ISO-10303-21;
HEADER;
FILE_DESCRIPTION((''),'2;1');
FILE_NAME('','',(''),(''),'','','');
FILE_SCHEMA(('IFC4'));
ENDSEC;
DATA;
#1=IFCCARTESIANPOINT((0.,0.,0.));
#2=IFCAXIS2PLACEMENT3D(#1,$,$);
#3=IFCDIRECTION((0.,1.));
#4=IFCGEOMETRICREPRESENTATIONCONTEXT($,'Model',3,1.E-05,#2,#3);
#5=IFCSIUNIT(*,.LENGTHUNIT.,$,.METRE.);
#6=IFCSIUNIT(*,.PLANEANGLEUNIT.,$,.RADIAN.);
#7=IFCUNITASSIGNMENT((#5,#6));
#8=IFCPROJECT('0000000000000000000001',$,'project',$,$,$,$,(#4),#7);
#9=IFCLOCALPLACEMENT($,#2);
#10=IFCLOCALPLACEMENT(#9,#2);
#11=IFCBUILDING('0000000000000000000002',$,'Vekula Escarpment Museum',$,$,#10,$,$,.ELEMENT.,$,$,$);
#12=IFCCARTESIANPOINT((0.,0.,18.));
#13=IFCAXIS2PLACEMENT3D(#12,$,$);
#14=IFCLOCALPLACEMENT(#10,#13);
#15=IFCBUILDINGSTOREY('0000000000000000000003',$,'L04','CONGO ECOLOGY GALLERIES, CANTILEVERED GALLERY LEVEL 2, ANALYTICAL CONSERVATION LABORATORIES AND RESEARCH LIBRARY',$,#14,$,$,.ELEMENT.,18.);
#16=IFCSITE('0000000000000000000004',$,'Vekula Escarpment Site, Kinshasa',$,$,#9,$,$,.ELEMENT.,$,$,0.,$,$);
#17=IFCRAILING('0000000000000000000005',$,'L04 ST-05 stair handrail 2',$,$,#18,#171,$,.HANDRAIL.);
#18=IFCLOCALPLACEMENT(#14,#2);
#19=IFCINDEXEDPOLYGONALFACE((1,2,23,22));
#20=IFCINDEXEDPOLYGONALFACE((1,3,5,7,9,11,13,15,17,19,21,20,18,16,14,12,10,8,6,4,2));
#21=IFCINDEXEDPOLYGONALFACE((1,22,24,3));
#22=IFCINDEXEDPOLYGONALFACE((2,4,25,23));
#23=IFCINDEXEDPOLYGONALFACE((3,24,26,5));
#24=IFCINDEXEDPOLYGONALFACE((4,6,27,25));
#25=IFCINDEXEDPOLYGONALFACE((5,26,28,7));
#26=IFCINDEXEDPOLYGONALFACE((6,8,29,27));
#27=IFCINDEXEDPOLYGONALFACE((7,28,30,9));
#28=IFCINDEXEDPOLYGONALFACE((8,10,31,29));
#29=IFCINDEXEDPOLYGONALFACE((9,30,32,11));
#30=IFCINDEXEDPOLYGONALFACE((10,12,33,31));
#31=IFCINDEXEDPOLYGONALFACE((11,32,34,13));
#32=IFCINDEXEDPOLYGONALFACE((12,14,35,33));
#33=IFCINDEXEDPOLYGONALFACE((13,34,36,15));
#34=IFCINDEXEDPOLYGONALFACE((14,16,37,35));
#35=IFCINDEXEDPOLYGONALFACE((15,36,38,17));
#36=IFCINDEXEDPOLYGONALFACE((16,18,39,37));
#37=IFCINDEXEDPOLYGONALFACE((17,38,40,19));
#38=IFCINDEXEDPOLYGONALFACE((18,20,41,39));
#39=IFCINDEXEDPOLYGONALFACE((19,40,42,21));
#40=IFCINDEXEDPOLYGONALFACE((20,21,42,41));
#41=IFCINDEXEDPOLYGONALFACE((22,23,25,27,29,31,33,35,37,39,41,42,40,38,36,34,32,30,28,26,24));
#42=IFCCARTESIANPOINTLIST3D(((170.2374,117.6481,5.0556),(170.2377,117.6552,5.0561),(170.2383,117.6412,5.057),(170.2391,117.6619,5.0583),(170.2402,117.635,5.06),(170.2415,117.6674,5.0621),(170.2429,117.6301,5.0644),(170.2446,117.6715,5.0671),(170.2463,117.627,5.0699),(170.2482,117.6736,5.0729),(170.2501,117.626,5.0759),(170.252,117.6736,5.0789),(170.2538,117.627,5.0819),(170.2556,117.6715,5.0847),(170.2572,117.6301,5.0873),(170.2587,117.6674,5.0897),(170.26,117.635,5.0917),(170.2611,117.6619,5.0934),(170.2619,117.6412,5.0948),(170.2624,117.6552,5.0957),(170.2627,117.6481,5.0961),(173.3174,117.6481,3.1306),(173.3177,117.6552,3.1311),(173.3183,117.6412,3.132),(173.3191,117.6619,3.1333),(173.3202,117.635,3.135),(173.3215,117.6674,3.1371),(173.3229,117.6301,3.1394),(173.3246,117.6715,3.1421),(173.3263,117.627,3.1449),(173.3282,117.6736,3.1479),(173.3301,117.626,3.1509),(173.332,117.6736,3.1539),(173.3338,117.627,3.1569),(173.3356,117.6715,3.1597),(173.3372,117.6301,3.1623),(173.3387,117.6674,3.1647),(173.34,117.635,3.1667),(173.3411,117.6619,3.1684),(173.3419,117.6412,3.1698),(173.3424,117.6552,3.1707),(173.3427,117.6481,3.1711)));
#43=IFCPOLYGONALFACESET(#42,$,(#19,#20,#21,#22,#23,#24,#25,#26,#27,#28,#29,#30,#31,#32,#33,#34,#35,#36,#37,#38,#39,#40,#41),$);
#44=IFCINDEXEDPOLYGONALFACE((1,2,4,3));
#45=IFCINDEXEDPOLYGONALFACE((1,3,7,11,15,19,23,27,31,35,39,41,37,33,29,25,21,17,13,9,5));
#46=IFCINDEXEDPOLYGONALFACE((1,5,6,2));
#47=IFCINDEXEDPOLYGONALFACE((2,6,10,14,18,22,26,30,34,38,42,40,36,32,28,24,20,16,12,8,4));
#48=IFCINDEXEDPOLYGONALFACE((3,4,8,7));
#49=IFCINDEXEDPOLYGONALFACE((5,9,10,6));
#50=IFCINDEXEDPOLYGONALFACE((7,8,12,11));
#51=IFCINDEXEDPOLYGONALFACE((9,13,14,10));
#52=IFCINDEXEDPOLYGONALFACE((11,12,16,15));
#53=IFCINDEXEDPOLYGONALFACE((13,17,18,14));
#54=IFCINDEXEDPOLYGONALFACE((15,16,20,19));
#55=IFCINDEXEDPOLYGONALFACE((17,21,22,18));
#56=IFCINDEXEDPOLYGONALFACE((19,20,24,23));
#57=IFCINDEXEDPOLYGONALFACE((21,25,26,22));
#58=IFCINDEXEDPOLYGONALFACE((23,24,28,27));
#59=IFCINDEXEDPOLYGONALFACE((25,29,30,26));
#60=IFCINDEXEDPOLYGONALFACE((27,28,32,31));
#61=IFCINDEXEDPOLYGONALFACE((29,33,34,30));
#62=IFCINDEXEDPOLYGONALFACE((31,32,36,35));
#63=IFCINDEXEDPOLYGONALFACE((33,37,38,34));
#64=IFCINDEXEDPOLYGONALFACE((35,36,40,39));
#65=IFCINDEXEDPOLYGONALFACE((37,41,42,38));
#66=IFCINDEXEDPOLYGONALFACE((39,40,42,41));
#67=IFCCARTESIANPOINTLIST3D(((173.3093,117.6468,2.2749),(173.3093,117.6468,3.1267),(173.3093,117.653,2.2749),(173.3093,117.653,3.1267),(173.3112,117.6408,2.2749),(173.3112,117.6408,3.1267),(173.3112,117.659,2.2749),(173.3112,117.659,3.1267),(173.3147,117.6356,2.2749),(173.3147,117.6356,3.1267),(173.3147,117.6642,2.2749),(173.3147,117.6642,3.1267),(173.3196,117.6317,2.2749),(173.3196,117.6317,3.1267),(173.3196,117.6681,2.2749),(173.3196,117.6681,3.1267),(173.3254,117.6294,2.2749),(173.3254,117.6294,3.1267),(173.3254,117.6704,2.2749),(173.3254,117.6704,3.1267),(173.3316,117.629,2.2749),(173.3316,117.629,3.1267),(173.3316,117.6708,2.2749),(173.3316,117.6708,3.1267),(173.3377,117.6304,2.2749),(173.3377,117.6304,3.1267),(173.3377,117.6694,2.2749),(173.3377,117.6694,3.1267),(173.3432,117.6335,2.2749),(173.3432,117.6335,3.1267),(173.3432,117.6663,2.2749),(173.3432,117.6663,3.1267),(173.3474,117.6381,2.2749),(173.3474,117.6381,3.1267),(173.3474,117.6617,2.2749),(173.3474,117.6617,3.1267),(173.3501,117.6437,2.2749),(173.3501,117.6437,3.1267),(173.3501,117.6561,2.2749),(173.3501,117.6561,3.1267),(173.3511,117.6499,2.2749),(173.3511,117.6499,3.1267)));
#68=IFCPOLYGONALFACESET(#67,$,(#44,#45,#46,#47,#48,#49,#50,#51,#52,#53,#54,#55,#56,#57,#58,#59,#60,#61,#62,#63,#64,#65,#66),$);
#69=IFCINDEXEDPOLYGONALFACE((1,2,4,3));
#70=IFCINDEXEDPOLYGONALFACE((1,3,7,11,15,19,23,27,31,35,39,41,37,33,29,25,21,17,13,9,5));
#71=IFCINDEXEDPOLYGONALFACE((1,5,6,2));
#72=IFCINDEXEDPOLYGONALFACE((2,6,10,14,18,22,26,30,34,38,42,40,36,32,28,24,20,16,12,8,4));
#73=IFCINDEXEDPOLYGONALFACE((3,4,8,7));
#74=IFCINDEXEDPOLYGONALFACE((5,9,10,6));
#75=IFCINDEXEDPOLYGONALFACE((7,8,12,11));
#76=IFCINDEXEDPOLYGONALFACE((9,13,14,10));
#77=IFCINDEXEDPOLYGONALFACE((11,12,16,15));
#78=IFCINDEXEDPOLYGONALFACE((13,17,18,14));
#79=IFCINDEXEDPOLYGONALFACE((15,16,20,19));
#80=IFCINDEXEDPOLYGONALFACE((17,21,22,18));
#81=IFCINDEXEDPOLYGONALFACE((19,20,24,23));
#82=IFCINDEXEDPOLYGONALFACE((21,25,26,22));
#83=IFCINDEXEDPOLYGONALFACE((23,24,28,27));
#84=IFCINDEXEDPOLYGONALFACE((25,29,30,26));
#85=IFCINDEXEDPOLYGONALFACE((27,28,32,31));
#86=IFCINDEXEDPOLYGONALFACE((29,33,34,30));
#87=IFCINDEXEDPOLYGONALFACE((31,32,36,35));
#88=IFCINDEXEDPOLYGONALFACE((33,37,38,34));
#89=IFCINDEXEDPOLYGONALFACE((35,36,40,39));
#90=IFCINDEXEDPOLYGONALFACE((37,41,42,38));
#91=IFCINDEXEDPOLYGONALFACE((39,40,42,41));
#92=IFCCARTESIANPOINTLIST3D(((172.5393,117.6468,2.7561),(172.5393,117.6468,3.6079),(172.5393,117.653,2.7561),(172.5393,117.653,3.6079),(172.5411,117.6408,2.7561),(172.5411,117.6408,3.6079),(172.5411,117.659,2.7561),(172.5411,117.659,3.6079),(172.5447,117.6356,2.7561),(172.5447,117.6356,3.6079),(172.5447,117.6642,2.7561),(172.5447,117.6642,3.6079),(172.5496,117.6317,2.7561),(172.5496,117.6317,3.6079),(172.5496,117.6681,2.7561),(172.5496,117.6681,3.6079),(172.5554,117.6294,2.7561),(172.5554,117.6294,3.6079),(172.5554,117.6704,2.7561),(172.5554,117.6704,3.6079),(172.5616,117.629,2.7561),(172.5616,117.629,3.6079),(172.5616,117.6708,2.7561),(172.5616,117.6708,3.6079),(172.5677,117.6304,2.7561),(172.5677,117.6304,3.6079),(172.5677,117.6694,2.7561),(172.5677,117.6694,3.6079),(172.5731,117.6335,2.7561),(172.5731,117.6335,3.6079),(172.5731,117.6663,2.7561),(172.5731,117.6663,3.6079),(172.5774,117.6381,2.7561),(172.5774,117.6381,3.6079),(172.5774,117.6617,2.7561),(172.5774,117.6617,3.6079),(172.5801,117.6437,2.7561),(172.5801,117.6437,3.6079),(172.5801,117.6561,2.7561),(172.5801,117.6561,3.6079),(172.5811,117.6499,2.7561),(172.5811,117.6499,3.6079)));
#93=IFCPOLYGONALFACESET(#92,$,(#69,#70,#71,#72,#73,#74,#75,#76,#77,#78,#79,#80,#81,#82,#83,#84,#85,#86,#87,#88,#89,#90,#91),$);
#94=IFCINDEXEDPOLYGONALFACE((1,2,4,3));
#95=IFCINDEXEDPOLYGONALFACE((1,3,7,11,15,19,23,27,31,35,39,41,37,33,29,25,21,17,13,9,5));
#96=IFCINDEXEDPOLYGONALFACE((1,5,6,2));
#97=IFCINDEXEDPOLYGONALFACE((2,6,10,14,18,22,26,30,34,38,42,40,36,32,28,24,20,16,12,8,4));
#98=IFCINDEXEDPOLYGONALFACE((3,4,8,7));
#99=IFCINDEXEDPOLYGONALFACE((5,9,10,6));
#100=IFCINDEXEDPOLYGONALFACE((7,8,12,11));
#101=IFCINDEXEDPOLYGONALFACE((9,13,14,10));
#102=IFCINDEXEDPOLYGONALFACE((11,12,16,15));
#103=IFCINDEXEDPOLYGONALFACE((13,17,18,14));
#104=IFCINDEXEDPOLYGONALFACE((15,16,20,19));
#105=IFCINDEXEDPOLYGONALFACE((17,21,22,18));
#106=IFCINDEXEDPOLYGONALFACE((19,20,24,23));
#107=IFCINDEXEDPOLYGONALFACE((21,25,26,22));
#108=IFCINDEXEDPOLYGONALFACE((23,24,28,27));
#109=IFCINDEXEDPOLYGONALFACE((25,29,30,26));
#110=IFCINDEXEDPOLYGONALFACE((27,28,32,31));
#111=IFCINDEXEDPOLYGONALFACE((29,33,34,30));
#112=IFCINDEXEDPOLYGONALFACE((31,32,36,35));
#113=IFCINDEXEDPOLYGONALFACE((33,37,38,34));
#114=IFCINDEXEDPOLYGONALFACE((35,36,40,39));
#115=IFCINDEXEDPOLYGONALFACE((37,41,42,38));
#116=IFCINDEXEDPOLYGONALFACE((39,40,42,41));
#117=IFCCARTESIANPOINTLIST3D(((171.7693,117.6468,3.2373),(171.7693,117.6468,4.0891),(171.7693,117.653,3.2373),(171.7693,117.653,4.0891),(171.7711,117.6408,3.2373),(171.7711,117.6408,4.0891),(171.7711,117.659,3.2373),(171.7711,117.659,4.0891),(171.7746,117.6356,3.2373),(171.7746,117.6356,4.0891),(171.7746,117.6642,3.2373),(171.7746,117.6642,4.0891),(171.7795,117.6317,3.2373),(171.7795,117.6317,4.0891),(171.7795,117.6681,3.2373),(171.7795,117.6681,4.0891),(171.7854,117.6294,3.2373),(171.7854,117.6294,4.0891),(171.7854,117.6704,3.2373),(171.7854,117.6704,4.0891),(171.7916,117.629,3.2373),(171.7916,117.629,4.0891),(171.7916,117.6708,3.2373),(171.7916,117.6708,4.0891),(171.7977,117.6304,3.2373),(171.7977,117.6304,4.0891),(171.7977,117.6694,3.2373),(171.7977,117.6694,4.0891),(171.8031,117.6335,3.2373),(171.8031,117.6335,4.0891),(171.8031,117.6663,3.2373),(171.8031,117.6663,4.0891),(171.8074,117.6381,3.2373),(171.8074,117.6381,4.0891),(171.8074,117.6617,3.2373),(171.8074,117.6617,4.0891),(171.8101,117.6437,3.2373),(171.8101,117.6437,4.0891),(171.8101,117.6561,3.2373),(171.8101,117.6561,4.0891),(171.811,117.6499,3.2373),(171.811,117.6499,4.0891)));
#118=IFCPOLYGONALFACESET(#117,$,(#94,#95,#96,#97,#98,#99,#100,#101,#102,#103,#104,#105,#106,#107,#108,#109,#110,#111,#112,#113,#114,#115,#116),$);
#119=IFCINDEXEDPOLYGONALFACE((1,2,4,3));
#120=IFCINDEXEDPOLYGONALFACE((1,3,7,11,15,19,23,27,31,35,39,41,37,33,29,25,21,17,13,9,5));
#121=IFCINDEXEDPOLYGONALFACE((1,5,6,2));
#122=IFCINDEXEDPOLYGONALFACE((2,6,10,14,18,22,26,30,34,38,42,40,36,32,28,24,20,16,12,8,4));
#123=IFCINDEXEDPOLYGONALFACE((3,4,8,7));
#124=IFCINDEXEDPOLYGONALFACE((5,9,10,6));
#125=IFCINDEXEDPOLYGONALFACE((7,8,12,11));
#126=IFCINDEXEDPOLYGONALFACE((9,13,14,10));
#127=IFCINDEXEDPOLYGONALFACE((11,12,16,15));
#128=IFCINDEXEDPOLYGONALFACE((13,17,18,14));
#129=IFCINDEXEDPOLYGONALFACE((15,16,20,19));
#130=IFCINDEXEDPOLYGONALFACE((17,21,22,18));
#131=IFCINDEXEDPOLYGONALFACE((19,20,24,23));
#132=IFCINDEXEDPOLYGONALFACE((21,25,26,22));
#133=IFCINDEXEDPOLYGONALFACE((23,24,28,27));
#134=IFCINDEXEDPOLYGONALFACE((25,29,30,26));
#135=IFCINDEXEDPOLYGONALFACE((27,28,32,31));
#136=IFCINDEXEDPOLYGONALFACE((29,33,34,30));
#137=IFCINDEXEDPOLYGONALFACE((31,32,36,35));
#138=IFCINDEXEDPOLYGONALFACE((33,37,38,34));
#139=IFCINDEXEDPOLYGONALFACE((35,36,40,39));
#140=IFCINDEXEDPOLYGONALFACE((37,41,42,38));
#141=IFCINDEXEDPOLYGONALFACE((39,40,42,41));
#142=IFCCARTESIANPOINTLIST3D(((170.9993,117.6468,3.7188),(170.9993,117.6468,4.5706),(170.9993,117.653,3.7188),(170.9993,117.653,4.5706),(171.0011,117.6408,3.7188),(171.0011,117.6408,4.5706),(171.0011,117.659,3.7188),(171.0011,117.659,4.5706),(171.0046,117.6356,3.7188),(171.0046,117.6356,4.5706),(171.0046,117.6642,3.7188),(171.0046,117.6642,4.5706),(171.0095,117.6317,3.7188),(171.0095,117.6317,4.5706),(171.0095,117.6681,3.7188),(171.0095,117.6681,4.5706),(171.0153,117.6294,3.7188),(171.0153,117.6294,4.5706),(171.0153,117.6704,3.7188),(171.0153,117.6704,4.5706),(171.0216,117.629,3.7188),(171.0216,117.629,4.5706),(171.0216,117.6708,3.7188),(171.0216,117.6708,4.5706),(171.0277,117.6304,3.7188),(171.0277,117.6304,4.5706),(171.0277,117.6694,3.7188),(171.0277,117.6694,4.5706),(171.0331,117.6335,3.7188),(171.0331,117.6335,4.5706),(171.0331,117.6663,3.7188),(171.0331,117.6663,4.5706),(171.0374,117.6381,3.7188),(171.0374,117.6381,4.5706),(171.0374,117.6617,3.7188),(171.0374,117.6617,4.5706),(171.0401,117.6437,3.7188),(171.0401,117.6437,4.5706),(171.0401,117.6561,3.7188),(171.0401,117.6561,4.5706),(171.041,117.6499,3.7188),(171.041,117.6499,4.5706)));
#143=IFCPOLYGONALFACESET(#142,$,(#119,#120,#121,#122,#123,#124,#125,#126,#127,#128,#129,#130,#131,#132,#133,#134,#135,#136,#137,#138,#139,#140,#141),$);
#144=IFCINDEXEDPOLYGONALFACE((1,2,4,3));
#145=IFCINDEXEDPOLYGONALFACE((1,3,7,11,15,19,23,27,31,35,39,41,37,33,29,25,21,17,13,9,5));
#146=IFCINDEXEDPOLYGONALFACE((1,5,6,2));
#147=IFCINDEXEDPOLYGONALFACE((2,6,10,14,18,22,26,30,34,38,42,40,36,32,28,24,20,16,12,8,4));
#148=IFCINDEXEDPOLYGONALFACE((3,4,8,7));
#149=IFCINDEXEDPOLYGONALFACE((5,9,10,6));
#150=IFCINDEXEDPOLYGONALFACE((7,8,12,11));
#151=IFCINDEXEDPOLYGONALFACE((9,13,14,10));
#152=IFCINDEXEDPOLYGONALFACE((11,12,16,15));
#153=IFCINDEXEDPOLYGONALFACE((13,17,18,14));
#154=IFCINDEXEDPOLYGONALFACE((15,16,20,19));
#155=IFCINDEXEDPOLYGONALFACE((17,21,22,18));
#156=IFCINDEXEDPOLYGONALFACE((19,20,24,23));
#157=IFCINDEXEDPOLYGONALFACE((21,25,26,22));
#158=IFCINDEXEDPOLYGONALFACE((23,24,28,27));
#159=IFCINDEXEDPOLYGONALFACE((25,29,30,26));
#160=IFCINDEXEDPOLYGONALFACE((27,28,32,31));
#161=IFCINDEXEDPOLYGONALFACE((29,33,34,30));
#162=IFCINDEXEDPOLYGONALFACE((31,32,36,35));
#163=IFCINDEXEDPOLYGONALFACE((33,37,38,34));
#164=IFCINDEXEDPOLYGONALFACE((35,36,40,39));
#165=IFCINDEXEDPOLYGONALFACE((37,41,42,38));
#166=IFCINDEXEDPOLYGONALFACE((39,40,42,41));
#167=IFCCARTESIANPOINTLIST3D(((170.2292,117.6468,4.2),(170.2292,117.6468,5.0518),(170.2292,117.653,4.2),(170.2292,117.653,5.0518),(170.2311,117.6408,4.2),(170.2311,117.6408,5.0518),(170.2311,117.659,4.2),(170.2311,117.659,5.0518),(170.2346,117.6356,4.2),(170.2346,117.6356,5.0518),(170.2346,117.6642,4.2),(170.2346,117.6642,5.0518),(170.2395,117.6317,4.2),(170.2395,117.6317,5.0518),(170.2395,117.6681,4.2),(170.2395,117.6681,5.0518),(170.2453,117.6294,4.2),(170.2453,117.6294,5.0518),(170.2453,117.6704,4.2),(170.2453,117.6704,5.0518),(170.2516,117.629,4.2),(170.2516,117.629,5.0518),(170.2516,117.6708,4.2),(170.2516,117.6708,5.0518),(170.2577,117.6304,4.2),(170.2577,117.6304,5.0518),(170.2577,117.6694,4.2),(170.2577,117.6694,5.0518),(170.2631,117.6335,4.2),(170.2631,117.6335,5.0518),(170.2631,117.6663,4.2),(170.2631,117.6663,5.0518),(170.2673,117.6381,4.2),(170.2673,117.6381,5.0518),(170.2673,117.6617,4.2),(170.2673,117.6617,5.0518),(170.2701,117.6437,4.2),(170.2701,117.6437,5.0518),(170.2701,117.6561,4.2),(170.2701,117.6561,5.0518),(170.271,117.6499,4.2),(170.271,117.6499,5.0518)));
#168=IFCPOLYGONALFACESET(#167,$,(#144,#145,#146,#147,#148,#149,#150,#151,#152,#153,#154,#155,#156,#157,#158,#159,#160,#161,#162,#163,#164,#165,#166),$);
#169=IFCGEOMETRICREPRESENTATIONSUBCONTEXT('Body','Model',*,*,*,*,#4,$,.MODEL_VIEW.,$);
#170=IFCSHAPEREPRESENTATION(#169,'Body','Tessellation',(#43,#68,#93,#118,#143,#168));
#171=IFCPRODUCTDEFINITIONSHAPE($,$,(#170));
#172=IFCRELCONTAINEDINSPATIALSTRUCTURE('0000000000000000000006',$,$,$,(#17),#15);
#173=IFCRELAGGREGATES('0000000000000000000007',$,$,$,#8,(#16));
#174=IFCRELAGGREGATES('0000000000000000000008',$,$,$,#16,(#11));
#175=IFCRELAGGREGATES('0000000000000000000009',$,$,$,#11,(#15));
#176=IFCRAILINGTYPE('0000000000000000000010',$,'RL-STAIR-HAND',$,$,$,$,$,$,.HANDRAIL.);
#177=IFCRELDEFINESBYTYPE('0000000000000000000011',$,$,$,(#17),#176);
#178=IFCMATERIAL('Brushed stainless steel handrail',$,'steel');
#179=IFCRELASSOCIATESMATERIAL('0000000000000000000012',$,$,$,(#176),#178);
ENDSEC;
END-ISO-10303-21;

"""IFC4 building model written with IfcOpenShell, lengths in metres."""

from ifc_helpers import new_model, si_unit, direction, frame, origin, origin_2d, place, context, subcontext, project, spatial, circle, extrude, material, type_object, element, save


model = new_model("IFC4")

# Units and contexts
model_context = context("Model", 3, precision=1e-05, world=origin(), true_north=direction((0.0, 1.0)))
body_context = subcontext(model_context, "Body", "Model", "MODEL_VIEW")
ifc_project = project(units=[si_unit("LENGTHUNIT", "METRE"), si_unit("PLANEANGLEUNIT", "RADIAN")], contexts=[model_context])

# Site, building, storey
site_placement = place(None, origin())
site = spatial("IfcSite", under=ifc_project, at=site_placement, Name="Vekula Escarpment Site, Kinshasa", CompositionType="ELEMENT", RefElevation=0.0)
building_placement = place(site_placement, origin())
building = spatial("IfcBuilding", under=site, at=building_placement, Name="Vekula Escarpment Museum", CompositionType="ELEMENT")
storey_placement = place(building_placement, frame((0.0, 0.0, 18.0)))
storey = spatial("IfcBuildingStorey", under=building, at=storey_placement, Name="L04", Description="CONGO ECOLOGY GALLERIES, CANTILEVERED GALLERY LEVEL 2, ANALYTICAL CONSERVATION LABORATORIES AND RESEARCH LIBRARY", CompositionType="ELEMENT", Elevation=18.0)

# Railing
ifc_material_1 = material(Name="Brushed stainless steel handrail", Category="steel")
railing_type_1 = type_object("IfcRailingType", Name="RL-STAIR-HAND", PredefinedType="HANDRAIL", material=ifc_material_1)
railing_1_placement = place(storey_placement, frame((173.3301, 117.6499, 2.2749)))
element("IfcRailing", 1, at=railing_1_placement, inside=storey, type_object=railing_type_1, Name="L04 ST-05 stair handrail 2", PredefinedType="HANDRAIL", context=body_context, shape_type="SweptSolid", body=[
    extrude(circle(Radius=0.0239, at=origin_2d()), frame((0.0, 0.0, 0.876), z_axis=(-0.847998, 0.0, 0.529999), x_axis=(0.0, -1.0, 0.0)), (0.0, 0.0, 1.0), 3.6321),
    extrude(circle(Radius=0.021, at=origin_2d()), origin(), (0.0, 0.0, 1.0), 0.8518),
    extrude(circle(Radius=0.021, at=origin_2d()), frame((-0.77, 0.0, 0.4812)), (0.0, 0.0, 1.0), 0.8518),
    extrude(circle(Radius=0.021, at=origin_2d()), frame((-1.54, 0.0, 0.9624)), (0.0, 0.0, 1.0), 0.8518),
    extrude(circle(Radius=0.021, at=origin_2d()), frame((-2.3101, 0.0, 1.4438)), (0.0, 0.0, 1.0), 0.8518),
    extrude(circle(Radius=0.021, at=origin_2d()), frame((-3.0801, 0.0, 1.925)), (0.0, 0.0, 1.0), 0.8518),
])

save(model, "model.ifc")
